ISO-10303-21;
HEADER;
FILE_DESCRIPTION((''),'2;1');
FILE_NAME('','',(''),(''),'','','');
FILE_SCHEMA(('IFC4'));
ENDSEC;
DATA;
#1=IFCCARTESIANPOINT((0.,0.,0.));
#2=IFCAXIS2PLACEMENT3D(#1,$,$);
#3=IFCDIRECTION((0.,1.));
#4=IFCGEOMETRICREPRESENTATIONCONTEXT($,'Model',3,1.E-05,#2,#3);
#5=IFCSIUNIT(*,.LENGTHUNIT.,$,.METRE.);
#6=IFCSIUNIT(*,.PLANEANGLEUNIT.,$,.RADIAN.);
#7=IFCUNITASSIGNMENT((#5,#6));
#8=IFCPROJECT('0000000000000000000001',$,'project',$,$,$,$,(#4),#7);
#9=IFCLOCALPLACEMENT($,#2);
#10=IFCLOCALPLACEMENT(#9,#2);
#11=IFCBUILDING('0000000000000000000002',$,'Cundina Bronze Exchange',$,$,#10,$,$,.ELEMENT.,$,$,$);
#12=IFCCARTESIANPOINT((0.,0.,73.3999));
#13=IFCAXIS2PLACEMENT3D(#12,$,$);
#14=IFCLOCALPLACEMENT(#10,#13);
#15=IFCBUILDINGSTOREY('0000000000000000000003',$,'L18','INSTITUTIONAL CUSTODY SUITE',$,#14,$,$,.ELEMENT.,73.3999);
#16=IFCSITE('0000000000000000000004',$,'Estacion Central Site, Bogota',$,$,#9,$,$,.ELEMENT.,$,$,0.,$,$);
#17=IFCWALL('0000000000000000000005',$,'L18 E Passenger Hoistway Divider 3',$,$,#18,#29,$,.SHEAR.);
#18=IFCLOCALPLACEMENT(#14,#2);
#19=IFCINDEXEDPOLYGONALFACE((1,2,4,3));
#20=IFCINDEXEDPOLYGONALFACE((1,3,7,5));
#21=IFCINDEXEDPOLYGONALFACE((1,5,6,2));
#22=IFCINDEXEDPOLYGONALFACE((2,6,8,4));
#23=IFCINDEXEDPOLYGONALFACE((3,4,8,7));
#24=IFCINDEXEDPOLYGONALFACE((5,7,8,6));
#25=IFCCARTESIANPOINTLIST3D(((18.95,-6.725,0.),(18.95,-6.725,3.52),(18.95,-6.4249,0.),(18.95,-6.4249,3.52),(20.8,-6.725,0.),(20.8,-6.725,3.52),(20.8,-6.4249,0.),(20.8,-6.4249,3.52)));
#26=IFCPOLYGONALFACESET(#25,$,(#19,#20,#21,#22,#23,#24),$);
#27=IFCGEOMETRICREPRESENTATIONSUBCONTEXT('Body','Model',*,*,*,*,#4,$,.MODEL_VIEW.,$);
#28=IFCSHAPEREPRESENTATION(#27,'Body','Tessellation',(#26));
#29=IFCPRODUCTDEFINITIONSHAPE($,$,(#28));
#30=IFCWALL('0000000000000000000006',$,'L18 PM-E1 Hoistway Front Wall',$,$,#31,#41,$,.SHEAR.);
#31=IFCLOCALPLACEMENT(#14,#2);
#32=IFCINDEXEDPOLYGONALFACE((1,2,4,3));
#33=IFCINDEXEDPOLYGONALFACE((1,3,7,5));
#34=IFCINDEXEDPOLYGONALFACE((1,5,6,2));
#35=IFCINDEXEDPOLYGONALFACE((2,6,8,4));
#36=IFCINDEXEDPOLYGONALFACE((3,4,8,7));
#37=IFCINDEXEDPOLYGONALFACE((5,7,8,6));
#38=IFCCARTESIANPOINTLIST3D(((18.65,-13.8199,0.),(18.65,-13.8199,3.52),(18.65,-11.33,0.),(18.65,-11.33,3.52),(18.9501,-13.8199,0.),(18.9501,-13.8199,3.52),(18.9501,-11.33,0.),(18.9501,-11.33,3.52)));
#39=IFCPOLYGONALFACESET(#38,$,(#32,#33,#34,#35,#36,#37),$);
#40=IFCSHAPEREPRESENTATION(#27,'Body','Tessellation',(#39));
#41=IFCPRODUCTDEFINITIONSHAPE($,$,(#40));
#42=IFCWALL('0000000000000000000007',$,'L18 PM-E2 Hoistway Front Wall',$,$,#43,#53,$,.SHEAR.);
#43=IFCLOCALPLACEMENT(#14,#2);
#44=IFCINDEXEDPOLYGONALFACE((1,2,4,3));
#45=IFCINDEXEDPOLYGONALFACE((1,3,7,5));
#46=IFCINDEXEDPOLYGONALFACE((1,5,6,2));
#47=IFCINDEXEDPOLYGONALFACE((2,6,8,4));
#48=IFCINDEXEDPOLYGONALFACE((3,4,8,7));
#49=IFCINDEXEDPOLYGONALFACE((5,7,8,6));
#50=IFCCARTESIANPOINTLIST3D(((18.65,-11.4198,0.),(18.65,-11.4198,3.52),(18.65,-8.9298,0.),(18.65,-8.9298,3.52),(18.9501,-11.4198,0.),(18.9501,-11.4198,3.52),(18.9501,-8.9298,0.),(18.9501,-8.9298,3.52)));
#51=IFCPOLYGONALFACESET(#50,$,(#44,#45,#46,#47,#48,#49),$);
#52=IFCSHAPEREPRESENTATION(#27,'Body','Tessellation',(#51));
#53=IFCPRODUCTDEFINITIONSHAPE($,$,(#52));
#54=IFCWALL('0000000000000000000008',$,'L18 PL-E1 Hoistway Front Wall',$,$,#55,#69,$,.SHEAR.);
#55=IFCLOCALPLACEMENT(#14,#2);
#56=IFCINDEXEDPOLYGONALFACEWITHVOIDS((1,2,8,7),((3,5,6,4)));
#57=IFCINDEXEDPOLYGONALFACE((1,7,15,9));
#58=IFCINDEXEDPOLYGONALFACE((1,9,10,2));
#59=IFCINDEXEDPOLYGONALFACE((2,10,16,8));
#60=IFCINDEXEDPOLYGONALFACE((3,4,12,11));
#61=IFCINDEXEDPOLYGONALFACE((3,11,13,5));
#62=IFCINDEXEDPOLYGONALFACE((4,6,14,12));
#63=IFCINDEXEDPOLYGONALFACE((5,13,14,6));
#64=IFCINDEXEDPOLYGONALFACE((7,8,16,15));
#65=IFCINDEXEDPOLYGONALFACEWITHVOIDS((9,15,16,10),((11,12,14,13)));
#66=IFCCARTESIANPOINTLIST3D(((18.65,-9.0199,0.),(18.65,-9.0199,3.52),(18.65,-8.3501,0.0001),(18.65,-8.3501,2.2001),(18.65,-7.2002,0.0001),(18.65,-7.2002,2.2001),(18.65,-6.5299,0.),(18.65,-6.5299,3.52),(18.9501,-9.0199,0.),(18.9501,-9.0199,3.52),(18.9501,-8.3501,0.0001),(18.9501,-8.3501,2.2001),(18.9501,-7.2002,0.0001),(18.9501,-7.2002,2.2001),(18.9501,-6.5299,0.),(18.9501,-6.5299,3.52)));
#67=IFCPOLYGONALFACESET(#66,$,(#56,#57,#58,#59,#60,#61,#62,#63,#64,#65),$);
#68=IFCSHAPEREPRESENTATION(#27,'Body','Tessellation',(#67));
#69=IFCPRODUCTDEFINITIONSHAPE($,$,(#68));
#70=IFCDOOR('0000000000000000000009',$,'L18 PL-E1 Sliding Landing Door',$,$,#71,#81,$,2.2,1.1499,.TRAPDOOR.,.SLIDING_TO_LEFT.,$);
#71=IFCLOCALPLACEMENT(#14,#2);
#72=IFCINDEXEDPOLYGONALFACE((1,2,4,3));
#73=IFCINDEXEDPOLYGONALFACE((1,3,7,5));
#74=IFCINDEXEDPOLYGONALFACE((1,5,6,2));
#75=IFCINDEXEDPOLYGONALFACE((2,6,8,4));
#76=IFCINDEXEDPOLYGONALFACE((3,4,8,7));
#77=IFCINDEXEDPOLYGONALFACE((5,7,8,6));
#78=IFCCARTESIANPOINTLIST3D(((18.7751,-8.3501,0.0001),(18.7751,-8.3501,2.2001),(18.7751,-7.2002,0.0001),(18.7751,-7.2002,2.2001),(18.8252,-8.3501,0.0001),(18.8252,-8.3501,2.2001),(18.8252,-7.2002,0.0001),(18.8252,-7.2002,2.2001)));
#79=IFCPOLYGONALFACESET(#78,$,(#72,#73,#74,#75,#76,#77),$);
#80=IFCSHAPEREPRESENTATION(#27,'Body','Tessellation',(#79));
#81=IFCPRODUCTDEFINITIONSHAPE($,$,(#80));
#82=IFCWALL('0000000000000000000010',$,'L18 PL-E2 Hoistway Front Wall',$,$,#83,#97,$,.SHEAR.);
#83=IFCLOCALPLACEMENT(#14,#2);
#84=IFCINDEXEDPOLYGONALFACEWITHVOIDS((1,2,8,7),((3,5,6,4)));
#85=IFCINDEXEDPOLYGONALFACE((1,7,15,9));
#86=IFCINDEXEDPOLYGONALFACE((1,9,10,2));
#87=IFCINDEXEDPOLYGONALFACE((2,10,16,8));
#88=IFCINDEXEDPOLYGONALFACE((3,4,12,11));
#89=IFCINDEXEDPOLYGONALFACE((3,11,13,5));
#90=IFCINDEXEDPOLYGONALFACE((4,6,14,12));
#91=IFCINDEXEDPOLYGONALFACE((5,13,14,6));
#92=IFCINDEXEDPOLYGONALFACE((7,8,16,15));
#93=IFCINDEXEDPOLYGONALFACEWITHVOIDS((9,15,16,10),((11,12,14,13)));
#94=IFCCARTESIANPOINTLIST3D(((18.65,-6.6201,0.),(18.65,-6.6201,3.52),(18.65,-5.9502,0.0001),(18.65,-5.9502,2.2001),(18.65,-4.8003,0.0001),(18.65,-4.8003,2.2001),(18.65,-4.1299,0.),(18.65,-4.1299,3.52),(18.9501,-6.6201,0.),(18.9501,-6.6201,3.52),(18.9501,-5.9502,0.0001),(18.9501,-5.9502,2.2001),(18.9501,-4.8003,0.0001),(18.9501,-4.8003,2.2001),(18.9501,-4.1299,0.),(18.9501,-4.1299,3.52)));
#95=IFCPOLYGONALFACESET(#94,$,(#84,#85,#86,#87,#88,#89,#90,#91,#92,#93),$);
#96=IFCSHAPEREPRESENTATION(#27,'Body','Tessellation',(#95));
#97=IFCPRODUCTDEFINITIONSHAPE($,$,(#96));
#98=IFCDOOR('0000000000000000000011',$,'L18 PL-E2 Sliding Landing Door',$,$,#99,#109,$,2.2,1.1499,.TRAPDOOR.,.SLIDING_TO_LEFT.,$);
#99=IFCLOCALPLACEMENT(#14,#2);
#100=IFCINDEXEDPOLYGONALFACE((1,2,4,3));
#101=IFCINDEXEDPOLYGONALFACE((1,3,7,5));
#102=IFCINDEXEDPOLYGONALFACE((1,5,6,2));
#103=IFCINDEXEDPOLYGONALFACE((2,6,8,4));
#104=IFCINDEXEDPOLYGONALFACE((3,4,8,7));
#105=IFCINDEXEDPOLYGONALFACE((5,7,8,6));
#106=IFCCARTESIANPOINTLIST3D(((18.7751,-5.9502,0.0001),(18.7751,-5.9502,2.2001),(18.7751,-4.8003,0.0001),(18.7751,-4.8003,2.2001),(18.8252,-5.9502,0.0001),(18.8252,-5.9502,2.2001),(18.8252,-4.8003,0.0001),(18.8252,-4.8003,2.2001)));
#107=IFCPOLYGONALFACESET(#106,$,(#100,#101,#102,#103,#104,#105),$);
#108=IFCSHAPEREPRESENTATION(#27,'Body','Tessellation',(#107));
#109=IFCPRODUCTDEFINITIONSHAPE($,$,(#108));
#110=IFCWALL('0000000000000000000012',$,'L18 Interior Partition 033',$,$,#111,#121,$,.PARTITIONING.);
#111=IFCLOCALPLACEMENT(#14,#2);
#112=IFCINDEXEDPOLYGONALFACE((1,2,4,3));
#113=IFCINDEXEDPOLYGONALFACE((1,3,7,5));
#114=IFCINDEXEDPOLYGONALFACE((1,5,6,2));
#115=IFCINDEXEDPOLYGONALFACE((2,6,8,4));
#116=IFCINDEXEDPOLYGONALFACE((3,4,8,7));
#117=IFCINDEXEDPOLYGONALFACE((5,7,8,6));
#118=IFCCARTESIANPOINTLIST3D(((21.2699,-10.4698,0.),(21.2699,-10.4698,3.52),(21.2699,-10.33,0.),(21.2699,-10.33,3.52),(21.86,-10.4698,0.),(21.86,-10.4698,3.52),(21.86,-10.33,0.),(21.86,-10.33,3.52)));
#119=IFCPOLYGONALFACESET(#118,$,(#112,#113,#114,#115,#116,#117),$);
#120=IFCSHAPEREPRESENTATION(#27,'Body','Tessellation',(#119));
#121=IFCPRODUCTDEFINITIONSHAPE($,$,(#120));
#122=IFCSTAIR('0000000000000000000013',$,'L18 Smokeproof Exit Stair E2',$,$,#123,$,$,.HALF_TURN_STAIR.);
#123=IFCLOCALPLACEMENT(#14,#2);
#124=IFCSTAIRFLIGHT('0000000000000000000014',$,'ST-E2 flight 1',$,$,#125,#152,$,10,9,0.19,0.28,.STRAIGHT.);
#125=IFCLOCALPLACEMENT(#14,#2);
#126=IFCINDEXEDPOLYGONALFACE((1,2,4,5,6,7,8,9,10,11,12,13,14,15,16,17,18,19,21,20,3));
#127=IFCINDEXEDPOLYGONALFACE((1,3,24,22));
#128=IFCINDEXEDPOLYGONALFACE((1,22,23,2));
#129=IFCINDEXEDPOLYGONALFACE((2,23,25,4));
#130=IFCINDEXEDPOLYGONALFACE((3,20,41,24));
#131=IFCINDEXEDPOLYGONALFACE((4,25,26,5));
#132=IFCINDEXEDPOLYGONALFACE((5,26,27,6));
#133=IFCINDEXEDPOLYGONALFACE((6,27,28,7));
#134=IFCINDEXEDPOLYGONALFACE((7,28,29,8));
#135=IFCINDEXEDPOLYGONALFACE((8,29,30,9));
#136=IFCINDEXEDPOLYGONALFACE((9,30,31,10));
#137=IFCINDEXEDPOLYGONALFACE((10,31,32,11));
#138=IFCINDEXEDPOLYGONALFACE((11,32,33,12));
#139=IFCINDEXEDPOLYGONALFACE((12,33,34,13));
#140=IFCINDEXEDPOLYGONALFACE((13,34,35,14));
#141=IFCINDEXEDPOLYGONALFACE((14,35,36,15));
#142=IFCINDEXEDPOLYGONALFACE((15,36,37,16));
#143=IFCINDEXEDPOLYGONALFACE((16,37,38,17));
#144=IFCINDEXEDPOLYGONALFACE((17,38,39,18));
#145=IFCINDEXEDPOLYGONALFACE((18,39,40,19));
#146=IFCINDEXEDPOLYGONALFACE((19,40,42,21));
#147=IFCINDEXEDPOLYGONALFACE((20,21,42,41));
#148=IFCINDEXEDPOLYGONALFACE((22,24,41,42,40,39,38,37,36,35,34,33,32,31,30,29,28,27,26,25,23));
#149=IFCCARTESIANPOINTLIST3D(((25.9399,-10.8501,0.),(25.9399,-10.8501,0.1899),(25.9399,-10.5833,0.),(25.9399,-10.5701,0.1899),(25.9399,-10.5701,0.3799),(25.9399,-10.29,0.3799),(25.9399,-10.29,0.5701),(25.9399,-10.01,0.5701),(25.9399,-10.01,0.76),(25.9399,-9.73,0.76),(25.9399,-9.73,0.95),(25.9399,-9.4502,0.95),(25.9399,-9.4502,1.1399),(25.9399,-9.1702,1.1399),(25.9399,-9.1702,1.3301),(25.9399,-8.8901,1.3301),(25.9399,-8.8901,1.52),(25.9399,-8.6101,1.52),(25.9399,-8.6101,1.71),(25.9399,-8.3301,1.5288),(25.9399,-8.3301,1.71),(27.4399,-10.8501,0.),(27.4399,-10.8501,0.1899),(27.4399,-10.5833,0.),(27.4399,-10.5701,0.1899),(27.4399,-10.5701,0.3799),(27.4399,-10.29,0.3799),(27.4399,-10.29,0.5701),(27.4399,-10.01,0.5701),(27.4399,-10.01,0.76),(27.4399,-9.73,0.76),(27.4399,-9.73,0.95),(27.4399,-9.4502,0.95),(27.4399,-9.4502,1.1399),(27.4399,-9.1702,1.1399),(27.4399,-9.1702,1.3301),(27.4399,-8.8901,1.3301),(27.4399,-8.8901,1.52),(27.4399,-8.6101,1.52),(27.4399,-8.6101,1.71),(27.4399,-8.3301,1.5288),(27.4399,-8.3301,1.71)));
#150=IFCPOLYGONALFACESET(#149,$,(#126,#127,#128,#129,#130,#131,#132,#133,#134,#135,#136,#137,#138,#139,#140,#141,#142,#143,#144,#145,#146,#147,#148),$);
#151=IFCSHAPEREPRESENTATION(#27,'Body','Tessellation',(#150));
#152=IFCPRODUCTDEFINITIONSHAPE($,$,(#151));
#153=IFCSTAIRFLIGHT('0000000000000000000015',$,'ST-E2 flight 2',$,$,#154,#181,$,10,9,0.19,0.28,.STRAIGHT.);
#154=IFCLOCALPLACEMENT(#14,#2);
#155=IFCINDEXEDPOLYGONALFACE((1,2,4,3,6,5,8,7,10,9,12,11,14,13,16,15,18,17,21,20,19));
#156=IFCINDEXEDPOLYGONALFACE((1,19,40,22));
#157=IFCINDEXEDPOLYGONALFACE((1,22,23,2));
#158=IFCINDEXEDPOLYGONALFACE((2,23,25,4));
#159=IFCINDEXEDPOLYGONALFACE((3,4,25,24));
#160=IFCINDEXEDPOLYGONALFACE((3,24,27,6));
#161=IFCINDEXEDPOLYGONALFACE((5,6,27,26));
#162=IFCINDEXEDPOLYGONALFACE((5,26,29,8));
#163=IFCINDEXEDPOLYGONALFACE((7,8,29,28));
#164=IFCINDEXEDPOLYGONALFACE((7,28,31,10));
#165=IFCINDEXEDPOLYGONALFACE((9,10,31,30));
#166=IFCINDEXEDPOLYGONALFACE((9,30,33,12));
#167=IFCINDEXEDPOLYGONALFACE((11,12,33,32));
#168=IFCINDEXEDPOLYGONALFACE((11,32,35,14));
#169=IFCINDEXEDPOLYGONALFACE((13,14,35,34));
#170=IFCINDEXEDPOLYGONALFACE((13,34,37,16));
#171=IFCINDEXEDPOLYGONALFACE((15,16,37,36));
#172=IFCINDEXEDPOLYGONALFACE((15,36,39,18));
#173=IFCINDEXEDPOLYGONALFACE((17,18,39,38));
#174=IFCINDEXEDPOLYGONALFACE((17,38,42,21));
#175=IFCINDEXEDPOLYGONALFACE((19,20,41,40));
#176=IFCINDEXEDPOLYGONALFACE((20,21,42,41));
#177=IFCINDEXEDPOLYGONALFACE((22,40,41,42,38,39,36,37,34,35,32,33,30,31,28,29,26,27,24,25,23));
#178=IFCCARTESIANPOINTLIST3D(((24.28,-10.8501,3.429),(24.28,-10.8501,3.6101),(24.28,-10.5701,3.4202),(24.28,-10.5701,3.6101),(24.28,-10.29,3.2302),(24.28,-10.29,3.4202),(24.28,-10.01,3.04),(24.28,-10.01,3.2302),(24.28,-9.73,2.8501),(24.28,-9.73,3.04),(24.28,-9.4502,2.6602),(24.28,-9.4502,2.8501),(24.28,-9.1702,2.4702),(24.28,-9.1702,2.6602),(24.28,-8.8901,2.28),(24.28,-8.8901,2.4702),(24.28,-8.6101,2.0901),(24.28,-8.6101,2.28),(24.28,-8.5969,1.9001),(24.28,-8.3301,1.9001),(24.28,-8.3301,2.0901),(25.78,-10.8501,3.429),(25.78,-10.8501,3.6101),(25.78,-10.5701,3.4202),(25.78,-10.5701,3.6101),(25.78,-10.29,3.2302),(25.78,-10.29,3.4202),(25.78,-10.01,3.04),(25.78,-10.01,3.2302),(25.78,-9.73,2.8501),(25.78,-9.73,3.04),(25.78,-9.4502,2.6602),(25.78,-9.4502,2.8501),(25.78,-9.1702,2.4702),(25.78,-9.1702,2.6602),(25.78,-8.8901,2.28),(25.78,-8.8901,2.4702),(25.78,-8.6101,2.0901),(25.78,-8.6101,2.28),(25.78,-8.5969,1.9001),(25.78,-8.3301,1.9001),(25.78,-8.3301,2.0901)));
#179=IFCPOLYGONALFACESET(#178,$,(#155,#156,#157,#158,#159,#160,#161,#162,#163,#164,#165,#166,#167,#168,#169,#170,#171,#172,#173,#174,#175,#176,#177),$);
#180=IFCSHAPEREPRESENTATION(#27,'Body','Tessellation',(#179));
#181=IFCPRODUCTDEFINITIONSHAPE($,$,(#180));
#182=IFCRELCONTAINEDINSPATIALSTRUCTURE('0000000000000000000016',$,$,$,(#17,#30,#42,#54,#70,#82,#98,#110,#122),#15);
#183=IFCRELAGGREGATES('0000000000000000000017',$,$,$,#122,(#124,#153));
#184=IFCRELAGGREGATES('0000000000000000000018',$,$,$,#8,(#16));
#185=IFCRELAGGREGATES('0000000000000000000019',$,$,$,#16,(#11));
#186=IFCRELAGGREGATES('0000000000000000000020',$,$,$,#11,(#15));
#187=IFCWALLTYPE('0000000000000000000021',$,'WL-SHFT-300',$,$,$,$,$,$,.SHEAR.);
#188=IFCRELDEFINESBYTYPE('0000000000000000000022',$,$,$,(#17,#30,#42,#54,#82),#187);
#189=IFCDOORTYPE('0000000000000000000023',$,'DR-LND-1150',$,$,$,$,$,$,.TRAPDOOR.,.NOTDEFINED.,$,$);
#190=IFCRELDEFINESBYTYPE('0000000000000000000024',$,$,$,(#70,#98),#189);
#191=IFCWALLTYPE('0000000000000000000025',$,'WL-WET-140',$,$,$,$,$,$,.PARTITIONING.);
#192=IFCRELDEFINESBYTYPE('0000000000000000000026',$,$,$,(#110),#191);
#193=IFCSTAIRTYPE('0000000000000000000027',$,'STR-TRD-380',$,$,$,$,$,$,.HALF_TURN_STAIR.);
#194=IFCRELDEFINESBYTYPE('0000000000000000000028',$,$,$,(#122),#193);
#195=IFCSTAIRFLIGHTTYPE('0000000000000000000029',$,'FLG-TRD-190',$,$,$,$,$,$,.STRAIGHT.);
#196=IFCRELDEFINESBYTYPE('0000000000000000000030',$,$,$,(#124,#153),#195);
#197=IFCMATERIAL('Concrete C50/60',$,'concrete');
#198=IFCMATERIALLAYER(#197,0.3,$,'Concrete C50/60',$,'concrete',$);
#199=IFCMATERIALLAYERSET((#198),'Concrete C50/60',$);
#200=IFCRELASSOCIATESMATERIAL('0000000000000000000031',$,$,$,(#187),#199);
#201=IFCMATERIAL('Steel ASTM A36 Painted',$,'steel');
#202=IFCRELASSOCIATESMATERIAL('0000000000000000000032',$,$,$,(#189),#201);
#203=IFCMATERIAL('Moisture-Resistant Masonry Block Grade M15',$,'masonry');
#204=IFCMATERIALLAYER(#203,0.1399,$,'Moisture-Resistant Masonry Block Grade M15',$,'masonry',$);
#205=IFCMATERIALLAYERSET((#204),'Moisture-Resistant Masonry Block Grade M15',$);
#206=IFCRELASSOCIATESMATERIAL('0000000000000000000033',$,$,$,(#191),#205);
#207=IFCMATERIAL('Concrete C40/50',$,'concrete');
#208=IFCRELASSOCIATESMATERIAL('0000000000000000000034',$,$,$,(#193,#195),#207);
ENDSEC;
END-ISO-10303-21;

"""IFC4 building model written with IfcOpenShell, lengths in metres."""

from ifc_helpers import new_model, si_unit, direction, frame, frame_2d, origin, place, context, subcontext, project, spatial, polyline, rectangle, outline, extrude, material, layer, layer_set, type_object, element, fill, aggregate, save


model = new_model("IFC4")

# Units and contexts
model_context = context("Model", 3, precision=1e-05, world=origin(), true_north=direction((0.0, 1.0)))
body_context = subcontext(model_context, "Body", "Model", "MODEL_VIEW")
ifc_project = project(units=[si_unit("LENGTHUNIT", "METRE"), si_unit("PLANEANGLEUNIT", "RADIAN")], contexts=[model_context])

# Site, building, storey
site_placement = place(None, origin())
site = spatial("IfcSite", under=ifc_project, at=site_placement, Name="Estacion Central Site, Bogota", CompositionType="ELEMENT", RefElevation=0.0)
building_placement = place(site_placement, origin())
building = spatial("IfcBuilding", under=site, at=building_placement, Name="Cundina Bronze Exchange", CompositionType="ELEMENT")
storey_placement = place(building_placement, frame((0.0, 0.0, 73.3999)))
storey = spatial("IfcBuildingStorey", under=building, at=storey_placement, Name="L18", Description="INSTITUTIONAL CUSTODY SUITE", CompositionType="ELEMENT", Elevation=73.3999)

# Shared definitions
ifc_material_1 = material(Name="Concrete C50/60", Category="concrete")
ifc_layer_1 = layer(ifc_material_1, 0.3, Name="Concrete C50/60", Category="concrete")
ifc_layer_set_1 = layer_set([ifc_layer_1], Name="Concrete C50/60")
wall_type_1 = type_object("IfcWallType", Name="WL-SHFT-300", PredefinedType="SHEAR", material=ifc_layer_set_1)

# Shared definitions
ifc_material_2 = material(Name="Steel ASTM A36 Painted", Category="steel")
door_type_1 = type_object("IfcDoorType", Name="DR-LND-1150", OperationType="NOTDEFINED", PredefinedType="TRAPDOOR", material=ifc_material_2)

# Walls
for number, where, z_axis, x_axis, name in (
    (1, (18.95, -6.575, 0.0), (0.0, 0.0, 1.0), (1.0, 0.0, 0.0), "L18 E Passenger Hoistway Divider 3"),
):
    element("IfcWall", number, at=place(storey_placement, frame(where, z_axis=z_axis, x_axis=x_axis)), inside=storey, type_object=wall_type_1, Name=name, PredefinedType="SHEAR", context=body_context, shape_type="SweptSolid", body=[
        extrude(rectangle(XDim=1.8501, YDim=0.3, at=frame_2d((0.925, 0.0))), origin(), (0.0, 0.0, 1.0), 3.52),
    ])
for number, where, z_axis, x_axis, name in (
    (2, (18.8, -13.8201, 0.0), (0.0, 0.0, 1.0), (0.0, 1.0, 0.0), "L18 PM-E1 Hoistway Front Wall"),
    (3, (18.8, -11.4199, 0.0), (0.0, 0.0, 1.0), (0.0, 1.0, 0.0), "L18 PM-E2 Hoistway Front Wall"),
):
    element("IfcWall", number, at=place(storey_placement, frame(where, z_axis=z_axis, x_axis=x_axis)), inside=storey, type_object=wall_type_1, Name=name, PredefinedType="SHEAR", context=body_context, shape_type="SweptSolid", body=[
        extrude(rectangle(XDim=2.49, YDim=0.3, at=frame_2d((1.2451, 0.0))), origin(), (0.0, 0.0, 1.0), 3.52),
    ])

# Walls, openings, doors
wall_1_placement = place(storey_placement, frame((18.8, -9.02, 0.0), z_axis=(0.0, 0.0, 1.0), x_axis=(0.0, 1.0, 0.0)))
wall_1 = element("IfcWall", 4, at=wall_1_placement, inside=storey, type_object=wall_type_1, Name="L18 PL-E1 Hoistway Front Wall", PredefinedType="SHEAR", context=body_context, shape_type="SweptSolid", body=[
    extrude(rectangle(XDim=2.49, YDim=0.3, at=frame_2d((1.2451, 0.0))), origin(), (0.0, 0.0, 1.0), 3.52),
])
opening_1_placement = place(wall_1_placement, frame((0.6699, 0.0, 0.0)))
opening_1 = element("IfcOpeningElement", 5, at=opening_1_placement, cuts=wall_1, PredefinedType="OPENING", context=body_context, shape_type="SweptSolid", body=[
    extrude(rectangle(XDim=1.1499, YDim=2.2, at=frame_2d((0.575, 1.1001))), frame((0.0, 0.1599, 0.0), z_axis=(0.0, -1.0, 0.0), x_axis=(1.0, 0.0, 0.0)), (0.0, 0.0, 1.0), 0.3201),
])
door_1_placement = place(opening_1_placement, origin())
door_1 = element("IfcDoor", 6, at=door_1_placement, inside=storey, type_object=door_type_1, Name="L18 PL-E1 Sliding Landing Door", OperationType="SLIDING_TO_LEFT", OverallHeight=2.2, OverallWidth=1.1499, PredefinedType="TRAPDOOR", context=body_context, shape_type="SweptSolid", body=[
    extrude(rectangle(XDim=1.1499, YDim=2.2, at=frame_2d((0.575, 1.1001))), frame((0.0, 0.0249, 0.0), z_axis=(0.0, -1.0, 0.0), x_axis=(1.0, 0.0, 0.0)), (0.0, 0.0, 1.0), 0.05),
])
fill(opening_1, door_1)
wall_2_placement = place(storey_placement, frame((18.8, -6.6201, 0.0), z_axis=(0.0, 0.0, 1.0), x_axis=(0.0, 1.0, 0.0)))
wall_2 = element("IfcWall", 7, at=wall_2_placement, inside=storey, type_object=wall_type_1, Name="L18 PL-E2 Hoistway Front Wall", PredefinedType="SHEAR", context=body_context, shape_type="SweptSolid", body=[
    extrude(rectangle(XDim=2.4902, YDim=0.3, at=frame_2d((1.2451, 0.0))), origin(), (0.0, 0.0, 1.0), 3.52),
])
opening_2_placement = place(wall_2_placement, frame((0.6699, 0.0, 0.0)))
opening_2 = element("IfcOpeningElement", 8, at=opening_2_placement, cuts=wall_2, PredefinedType="OPENING", context=body_context, shape_type="SweptSolid", body=[
    extrude(rectangle(XDim=1.1499, YDim=2.2, at=frame_2d((0.575, 1.1001))), frame((0.0, 0.1599, 0.0), z_axis=(0.0, -1.0, 0.0), x_axis=(1.0, 0.0, 0.0)), (0.0, 0.0, 1.0), 0.3201),
])
door_2_placement = place(opening_2_placement, origin())
door_2 = element("IfcDoor", 9, at=door_2_placement, inside=storey, type_object=door_type_1, Name="L18 PL-E2 Sliding Landing Door", OperationType="SLIDING_TO_LEFT", OverallHeight=2.2, OverallWidth=1.1499, PredefinedType="TRAPDOOR", context=body_context, shape_type="SweptSolid", body=[
    extrude(rectangle(XDim=1.1499, YDim=2.2, at=frame_2d((0.575, 1.1001))), frame((0.0, 0.0249, 0.0), z_axis=(0.0, -1.0, 0.0), x_axis=(1.0, 0.0, 0.0)), (0.0, 0.0, 1.0), 0.05),
])
fill(opening_2, door_2)

# Wall
ifc_material_3 = material(Name="Moisture-Resistant Masonry Block Grade M15", Category="masonry")
ifc_layer_2 = layer(ifc_material_3, 0.1399, Name="Moisture-Resistant Masonry Block Grade M15", Category="masonry")
ifc_layer_set_2 = layer_set([ifc_layer_2], Name="Moisture-Resistant Masonry Block Grade M15")
wall_type_2 = type_object("IfcWallType", Name="WL-WET-140", PredefinedType="PARTITIONING", material=ifc_layer_set_2)
wall_3_placement = place(storey_placement, frame((21.27, -10.3999, 0.0), z_axis=(0.0, 0.0, 1.0), x_axis=(1.0, 0.0, 0.0)))
element("IfcWall", 10, at=wall_3_placement, inside=storey, type_object=wall_type_2, Name="L18 Interior Partition 033", PredefinedType="PARTITIONING", context=body_context, shape_type="SweptSolid", body=[
    extrude(rectangle(XDim=0.5901, YDim=0.1399, at=frame_2d((0.2949, 0.0))), origin(), (0.0, 0.0, 1.0), 3.52),
])

# Stair, stair flights
ifc_material_4 = material(Name="Concrete C40/50", Category="concrete")
stair_type = type_object("IfcStairType", Name="STR-TRD-380", PredefinedType="HALF_TURN_STAIR", material=ifc_material_4)
stair_placement = place(storey_placement, origin())
stair = element("IfcStair", 11, at=stair_placement, inside=storey, type_object=stair_type, Name="L18 Smokeproof Exit Stair E2", PredefinedType="HALF_TURN_STAIR")
stair_flight_type = type_object("IfcStairFlightType", Name="FLG-TRD-190", PredefinedType="STRAIGHT", material=ifc_material_4)
stair_flight_1_placement = place(storey_placement, frame((26.6899, -10.8501, 0.0), z_axis=(0.0, 0.0, 1.0), x_axis=(0.0, 1.0, 0.0)))
stair_flight_1 = element("IfcStairFlight", 12, at=stair_flight_1_placement, type_object=stair_flight_type, Name="ST-E2 flight 1", NumberOfRisers=10, NumberOfTreads=9, PredefinedType="STRAIGHT", RiserHeight=0.19, TreadLength=0.28, context=body_context, shape_type="SweptSolid", body=[
    extrude(outline(polyline([(0.0, 0.0), (0.0, 0.1899), (0.28, 0.1899), (0.28, 0.3799), (0.5601, 0.3799), (0.5601, 0.5701), (0.8401, 0.5701), (0.8401, 0.76), (1.1201, 0.76), (1.1201, 0.95), (1.3999, 0.95), (1.3999, 1.1399), (1.6799, 1.1399), (1.6799, 1.3301), (1.96, 1.3301), (1.96, 1.52), (2.24, 1.52), (2.24, 1.71), (2.52, 1.71), (2.52, 1.8999), (2.52, 1.5288), (0.2668, 0.0), (0.0, 0.0)])), frame((0.0, 0.75, 0.0), z_axis=(0.0, -1.0, 0.0), x_axis=(1.0, 0.0, 0.0)), (0.0, 0.0, 1.0), 1.5),
])
stair_flight_2_placement = place(storey_placement, frame((25.03, -8.3301, 1.9001), z_axis=(0.0, 0.0, 1.0), x_axis=(0.0, -1.0, 0.0)))
stair_flight_2 = element("IfcStairFlight", 13, at=stair_flight_2_placement, type_object=stair_flight_type, Name="ST-E2 flight 2", NumberOfRisers=10, NumberOfTreads=9, PredefinedType="STRAIGHT", RiserHeight=0.19, TreadLength=0.28, context=body_context, shape_type="SweptSolid", body=[
    extrude(outline(polyline([(0.0, 0.0), (0.0, 0.1899), (0.28, 0.1899), (0.28, 0.3799), (0.5601, 0.3799), (0.5601, 0.5701), (0.8401, 0.5701), (0.8401, 0.76), (1.1201, 0.76), (1.1201, 0.95), (1.3999, 0.95), (1.3999, 1.1399), (1.6799, 1.1399), (1.6799, 1.3301), (1.96, 1.3301), (1.96, 1.52), (2.24, 1.52), (2.24, 1.71), (2.52, 1.71), (2.52, 1.8999), (2.52, 1.5288), (0.2668, 0.0), (0.0, 0.0)])), frame((0.0, 0.75, 0.0), z_axis=(0.0, -1.0, 0.0), x_axis=(1.0, 0.0, 0.0)), (0.0, 0.0, 1.0), 1.5),
])
aggregate(stair, [stair_flight_1, stair_flight_2])

save(model, "model.ifc")
